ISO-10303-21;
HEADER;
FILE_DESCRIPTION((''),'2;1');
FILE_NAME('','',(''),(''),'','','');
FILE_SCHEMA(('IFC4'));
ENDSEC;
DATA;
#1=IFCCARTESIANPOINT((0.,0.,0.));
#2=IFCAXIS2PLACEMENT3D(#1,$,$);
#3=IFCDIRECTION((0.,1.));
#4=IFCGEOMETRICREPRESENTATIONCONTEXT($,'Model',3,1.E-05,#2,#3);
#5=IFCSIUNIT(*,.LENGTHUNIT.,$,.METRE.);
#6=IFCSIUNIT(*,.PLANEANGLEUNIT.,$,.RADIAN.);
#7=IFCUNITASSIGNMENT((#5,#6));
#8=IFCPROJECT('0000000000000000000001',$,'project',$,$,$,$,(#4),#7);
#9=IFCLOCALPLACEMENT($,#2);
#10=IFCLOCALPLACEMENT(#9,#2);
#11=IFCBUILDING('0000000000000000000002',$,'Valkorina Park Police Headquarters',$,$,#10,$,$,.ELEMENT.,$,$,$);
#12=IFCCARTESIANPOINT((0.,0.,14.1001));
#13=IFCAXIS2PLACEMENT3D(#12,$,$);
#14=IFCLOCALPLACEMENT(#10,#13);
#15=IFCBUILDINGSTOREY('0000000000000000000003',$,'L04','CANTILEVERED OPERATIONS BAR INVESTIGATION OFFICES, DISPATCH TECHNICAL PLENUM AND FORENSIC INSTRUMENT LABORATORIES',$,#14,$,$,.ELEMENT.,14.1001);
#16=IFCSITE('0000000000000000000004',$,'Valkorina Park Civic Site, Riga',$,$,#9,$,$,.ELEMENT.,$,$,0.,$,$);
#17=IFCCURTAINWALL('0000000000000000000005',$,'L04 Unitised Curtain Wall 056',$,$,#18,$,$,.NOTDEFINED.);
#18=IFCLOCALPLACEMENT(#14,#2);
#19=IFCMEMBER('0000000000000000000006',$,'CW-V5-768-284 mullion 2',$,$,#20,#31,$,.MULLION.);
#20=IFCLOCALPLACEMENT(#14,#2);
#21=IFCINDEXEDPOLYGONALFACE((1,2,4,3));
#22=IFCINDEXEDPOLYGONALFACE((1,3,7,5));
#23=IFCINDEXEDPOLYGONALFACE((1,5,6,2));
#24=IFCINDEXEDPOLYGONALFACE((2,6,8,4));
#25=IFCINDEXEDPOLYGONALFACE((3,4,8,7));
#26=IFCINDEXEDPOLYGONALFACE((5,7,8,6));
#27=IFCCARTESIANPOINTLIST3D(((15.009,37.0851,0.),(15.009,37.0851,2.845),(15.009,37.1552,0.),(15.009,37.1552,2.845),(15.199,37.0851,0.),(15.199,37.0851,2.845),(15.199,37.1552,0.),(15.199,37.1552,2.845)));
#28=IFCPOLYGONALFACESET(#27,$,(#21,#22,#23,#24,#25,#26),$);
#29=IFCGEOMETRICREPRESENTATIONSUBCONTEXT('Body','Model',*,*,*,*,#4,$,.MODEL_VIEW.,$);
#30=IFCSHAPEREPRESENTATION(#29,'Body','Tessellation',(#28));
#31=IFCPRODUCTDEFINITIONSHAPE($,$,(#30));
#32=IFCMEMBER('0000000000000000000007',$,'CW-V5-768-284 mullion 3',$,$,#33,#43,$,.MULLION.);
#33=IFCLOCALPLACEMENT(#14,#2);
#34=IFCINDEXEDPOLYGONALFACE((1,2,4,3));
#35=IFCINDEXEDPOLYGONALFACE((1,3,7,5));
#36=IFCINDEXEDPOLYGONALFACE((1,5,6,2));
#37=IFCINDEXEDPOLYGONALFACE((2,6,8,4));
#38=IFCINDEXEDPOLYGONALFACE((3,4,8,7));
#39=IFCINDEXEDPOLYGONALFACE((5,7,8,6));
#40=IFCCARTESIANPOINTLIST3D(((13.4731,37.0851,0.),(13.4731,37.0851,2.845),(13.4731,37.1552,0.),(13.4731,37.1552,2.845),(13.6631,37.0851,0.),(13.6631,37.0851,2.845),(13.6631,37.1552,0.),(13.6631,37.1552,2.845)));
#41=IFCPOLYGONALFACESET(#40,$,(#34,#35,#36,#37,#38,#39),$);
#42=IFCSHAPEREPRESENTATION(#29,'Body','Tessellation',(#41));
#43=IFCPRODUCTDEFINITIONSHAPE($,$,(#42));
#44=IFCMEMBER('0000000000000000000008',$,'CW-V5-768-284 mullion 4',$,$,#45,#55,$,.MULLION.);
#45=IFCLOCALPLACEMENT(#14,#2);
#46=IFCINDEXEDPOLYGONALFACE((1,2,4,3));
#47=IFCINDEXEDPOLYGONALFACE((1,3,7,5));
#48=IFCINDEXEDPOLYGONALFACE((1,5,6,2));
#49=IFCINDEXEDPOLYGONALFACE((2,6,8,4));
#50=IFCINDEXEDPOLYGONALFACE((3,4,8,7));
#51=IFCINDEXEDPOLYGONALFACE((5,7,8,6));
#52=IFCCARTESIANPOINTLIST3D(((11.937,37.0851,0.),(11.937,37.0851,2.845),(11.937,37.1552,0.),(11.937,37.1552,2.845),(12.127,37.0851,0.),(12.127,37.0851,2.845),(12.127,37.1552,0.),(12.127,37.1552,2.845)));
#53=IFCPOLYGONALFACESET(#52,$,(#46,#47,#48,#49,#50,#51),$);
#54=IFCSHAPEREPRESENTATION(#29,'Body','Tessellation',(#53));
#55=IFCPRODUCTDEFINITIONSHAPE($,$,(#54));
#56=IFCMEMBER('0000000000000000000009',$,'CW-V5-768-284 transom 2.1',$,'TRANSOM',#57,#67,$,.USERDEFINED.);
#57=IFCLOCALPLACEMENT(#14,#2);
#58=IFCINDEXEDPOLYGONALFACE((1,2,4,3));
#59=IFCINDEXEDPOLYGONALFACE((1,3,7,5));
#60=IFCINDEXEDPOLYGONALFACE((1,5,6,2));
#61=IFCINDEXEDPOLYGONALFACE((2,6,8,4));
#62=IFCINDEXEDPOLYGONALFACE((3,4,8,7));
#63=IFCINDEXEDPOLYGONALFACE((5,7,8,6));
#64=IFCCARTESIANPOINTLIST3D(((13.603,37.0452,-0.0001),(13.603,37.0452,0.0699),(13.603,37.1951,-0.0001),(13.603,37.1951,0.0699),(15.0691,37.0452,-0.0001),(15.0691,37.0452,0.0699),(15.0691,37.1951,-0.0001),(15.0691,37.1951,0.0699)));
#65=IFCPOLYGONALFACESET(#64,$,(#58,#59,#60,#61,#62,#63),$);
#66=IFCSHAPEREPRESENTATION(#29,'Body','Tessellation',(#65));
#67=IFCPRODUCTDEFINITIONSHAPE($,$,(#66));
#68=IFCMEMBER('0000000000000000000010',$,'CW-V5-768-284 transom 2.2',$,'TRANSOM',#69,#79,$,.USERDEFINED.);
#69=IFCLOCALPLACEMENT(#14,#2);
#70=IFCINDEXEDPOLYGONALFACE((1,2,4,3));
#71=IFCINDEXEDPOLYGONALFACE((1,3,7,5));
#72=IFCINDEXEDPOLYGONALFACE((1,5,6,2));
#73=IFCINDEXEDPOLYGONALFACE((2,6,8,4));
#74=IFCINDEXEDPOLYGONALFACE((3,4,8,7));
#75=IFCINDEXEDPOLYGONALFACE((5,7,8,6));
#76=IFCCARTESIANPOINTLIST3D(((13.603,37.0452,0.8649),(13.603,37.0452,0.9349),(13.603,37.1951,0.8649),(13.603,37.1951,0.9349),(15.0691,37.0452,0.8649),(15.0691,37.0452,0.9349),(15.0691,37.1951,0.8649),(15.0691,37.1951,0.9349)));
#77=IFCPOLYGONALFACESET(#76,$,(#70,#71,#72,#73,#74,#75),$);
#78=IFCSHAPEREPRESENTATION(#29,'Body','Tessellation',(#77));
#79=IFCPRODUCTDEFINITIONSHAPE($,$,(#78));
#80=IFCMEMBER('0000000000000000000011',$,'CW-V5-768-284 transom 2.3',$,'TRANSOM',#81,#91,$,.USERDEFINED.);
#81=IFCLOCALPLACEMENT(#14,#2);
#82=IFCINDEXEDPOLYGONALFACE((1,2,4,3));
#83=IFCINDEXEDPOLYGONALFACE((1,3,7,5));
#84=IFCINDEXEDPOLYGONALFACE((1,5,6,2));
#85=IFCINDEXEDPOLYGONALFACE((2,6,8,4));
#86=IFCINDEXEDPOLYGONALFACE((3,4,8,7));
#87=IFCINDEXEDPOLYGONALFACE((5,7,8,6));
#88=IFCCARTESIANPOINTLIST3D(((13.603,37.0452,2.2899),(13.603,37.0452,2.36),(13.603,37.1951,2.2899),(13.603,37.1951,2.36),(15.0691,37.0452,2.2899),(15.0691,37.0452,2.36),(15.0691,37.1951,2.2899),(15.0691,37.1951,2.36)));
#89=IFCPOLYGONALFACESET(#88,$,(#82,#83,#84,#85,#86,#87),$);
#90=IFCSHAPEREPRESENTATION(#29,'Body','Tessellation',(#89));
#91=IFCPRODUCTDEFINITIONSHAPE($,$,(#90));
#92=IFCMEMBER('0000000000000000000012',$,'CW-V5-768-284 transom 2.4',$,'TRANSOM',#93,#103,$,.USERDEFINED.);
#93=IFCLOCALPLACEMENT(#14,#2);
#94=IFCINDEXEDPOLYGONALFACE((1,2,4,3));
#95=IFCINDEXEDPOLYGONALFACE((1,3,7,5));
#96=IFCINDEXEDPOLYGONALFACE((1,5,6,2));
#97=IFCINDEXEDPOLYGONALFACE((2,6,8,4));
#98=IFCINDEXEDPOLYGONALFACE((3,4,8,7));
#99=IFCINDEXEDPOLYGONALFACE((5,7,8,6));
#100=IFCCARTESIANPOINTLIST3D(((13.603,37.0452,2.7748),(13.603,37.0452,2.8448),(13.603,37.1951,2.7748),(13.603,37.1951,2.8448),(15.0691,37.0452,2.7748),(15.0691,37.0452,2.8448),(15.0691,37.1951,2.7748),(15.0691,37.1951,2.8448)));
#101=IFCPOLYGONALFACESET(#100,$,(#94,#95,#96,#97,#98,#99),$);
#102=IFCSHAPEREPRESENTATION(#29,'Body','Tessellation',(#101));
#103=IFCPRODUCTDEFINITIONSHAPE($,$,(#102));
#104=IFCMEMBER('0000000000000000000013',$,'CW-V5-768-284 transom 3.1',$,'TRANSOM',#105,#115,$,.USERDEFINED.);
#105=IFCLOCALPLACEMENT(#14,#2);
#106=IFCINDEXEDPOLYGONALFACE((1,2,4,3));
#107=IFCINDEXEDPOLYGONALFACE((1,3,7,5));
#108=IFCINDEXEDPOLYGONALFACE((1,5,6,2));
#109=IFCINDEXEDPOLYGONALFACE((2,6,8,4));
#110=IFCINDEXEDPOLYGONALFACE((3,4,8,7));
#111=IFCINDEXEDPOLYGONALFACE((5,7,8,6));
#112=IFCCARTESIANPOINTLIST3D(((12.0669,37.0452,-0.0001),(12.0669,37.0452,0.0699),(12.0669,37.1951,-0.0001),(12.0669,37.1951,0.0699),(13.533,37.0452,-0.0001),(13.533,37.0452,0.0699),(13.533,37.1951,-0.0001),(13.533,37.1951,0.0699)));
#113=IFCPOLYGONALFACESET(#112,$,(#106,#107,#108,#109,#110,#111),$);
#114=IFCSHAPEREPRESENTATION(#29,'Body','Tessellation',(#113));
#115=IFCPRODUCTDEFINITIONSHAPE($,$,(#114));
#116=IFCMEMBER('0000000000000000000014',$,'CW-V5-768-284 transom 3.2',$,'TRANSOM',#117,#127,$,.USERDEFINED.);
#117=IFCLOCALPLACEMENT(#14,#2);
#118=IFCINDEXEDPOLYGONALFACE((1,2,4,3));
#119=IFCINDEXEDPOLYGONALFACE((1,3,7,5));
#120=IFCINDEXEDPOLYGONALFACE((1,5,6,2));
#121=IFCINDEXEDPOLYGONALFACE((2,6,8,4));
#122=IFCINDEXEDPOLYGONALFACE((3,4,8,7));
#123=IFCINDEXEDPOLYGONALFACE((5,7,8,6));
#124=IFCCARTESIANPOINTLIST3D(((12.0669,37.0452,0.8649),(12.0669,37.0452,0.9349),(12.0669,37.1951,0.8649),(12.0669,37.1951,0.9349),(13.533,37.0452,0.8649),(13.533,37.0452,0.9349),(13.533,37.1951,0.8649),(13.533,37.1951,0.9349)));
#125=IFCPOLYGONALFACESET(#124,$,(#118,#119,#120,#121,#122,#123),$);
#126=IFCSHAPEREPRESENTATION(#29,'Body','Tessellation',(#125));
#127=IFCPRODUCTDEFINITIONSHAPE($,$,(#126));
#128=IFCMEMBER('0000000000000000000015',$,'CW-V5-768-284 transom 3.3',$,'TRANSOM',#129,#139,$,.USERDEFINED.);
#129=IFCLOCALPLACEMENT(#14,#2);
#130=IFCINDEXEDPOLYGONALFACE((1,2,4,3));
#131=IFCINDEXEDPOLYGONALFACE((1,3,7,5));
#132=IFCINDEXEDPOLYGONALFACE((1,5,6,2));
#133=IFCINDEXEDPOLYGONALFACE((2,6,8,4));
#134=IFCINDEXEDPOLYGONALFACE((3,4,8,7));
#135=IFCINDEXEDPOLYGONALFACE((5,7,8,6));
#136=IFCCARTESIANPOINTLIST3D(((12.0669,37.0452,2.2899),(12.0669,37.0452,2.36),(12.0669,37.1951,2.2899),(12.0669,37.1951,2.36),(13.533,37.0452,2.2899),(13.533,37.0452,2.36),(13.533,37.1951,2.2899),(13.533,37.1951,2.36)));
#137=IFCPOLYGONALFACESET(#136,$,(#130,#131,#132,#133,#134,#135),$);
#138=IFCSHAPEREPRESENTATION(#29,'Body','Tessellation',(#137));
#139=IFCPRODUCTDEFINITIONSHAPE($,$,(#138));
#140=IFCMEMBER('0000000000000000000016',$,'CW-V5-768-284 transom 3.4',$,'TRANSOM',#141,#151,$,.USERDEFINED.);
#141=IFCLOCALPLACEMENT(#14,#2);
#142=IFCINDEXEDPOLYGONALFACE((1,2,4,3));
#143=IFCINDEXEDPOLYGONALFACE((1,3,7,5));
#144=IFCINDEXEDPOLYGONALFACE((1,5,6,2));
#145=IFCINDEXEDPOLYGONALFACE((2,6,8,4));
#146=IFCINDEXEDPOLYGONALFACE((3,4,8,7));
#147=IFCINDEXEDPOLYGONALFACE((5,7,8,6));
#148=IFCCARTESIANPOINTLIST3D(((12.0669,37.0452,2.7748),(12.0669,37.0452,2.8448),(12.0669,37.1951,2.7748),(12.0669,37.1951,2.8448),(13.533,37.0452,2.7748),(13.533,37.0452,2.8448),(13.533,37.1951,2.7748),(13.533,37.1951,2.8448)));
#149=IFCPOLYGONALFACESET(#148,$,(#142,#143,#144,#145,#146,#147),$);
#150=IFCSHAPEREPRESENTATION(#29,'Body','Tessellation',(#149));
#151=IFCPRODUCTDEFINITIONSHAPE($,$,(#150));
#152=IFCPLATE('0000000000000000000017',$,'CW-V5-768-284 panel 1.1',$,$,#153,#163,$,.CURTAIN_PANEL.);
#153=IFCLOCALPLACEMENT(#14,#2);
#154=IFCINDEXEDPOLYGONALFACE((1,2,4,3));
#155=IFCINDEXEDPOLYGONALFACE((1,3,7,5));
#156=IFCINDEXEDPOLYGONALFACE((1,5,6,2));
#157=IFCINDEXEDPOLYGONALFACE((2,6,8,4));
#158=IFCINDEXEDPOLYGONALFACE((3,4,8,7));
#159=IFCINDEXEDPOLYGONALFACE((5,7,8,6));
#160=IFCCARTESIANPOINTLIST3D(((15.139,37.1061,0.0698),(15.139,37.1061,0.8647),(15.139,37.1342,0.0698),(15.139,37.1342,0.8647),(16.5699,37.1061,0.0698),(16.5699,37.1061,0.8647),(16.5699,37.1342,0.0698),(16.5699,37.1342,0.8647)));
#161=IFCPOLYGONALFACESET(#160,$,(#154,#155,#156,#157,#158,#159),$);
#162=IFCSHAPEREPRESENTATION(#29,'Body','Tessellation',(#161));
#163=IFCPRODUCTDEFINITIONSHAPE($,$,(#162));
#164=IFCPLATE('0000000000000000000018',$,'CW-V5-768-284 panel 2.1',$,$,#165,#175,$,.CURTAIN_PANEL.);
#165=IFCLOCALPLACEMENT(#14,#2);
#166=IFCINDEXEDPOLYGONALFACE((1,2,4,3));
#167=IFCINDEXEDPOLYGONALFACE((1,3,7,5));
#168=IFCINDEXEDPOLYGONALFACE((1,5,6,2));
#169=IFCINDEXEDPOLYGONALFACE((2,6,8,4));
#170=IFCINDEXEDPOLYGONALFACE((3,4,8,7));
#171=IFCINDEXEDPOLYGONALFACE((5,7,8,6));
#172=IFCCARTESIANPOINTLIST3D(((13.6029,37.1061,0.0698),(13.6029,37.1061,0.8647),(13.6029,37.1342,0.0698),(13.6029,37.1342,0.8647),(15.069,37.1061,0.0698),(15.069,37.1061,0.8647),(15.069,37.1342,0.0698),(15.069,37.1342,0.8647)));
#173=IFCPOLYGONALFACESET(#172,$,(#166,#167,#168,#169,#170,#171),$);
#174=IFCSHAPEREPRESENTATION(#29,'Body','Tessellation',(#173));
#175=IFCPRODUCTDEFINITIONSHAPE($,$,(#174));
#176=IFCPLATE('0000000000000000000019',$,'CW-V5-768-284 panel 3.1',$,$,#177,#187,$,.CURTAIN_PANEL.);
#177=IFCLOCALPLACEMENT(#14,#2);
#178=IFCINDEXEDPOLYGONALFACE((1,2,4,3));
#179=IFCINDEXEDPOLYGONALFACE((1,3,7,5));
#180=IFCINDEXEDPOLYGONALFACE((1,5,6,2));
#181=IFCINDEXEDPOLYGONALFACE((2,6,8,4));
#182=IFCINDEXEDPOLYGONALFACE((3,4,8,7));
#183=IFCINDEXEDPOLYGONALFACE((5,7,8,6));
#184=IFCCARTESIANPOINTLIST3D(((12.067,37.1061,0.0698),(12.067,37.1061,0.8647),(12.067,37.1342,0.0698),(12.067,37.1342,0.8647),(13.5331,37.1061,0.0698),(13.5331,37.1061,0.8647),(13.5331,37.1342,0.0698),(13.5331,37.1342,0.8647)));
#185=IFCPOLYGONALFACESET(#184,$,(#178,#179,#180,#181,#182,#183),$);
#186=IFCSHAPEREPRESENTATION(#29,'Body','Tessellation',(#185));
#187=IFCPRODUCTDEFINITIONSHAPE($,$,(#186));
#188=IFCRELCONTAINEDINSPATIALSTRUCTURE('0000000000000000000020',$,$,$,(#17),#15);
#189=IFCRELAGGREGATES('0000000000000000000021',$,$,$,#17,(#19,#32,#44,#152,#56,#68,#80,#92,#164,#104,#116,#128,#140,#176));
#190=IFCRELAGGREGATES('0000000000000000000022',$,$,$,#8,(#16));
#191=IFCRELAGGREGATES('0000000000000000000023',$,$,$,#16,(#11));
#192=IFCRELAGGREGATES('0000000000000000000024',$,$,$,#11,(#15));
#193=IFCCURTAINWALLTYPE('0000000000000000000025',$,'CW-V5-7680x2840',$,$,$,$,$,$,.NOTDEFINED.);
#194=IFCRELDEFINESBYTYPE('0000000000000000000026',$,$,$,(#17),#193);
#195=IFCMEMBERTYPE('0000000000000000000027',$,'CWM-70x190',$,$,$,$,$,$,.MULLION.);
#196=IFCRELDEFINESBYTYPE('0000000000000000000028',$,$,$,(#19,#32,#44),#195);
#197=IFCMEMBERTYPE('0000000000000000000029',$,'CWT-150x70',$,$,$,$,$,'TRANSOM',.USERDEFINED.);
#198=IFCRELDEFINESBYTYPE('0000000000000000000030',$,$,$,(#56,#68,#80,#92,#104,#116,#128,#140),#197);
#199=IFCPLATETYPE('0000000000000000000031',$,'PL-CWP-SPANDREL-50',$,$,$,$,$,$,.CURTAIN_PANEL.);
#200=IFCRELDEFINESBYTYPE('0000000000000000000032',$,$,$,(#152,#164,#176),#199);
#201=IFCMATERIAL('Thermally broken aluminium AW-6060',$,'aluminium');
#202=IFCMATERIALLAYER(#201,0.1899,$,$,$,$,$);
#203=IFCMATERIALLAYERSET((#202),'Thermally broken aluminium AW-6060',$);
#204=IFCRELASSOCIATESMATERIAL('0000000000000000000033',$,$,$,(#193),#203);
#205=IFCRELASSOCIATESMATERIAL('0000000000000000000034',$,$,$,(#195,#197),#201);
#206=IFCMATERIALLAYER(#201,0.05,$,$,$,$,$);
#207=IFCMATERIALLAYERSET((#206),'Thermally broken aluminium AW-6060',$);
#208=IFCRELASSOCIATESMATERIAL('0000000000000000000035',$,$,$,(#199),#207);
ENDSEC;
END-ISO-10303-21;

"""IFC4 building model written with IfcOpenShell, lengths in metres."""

from ifc_helpers import new_model, si_unit, direction, frame, origin, origin_2d, place, context, subcontext, project, spatial, rectangle, extrude, material, layer, layer_set, material_profile, profile_set, type_object, element, aggregate, save


model = new_model("IFC4")

# Units and contexts
model_context = context("Model", 3, precision=1e-05, world=origin(), true_north=direction((0.0, 1.0)))
body_context = subcontext(model_context, "Body", "Model", "MODEL_VIEW")
ifc_project = project(units=[si_unit("LENGTHUNIT", "METRE"), si_unit("PLANEANGLEUNIT", "RADIAN")], contexts=[model_context])

# Site, building, storey
site_placement = place(None, origin())
site = spatial("IfcSite", under=ifc_project, at=site_placement, Name="Valkorina Park Civic Site, Riga", CompositionType="ELEMENT", RefElevation=0.0)
building_placement = place(site_placement, origin())
building = spatial("IfcBuilding", under=site, at=building_placement, Name="Valkorina Park Police Headquarters", CompositionType="ELEMENT")
storey_placement = place(building_placement, frame((0.0, 0.0, 14.1001)))
storey = spatial("IfcBuildingStorey", under=building, at=storey_placement, Name="L04", Description="CANTILEVERED OPERATIONS BAR INVESTIGATION OFFICES, DISPATCH TECHNICAL PLENUM AND FORENSIC INSTRUMENT LABORATORIES", CompositionType="ELEMENT", Elevation=14.1001)

# Curtain wall, members, plates
ifc_material_1 = material(Name="Thermally broken aluminium AW-6060", Category="aluminium")
ifc_layer_1 = layer(ifc_material_1, 0.1899)
ifc_layer_set_1 = layer_set([ifc_layer_1], Name="Thermally broken aluminium AW-6060")
curtain_wall_type = type_object("IfcCurtainWallType", Name="CW-V5-7680x2840", PredefinedType="NOTDEFINED", material=ifc_layer_set_1)
curtain_wall_placement = place(storey_placement, origin())
curtain_wall = element("IfcCurtainWall", 1, at=curtain_wall_placement, inside=storey, type_object=curtain_wall_type, Name="L04 Unitised Curtain Wall 056", PredefinedType="NOTDEFINED")
ifc_material_profile_1 = material_profile(ifc_material_1, rectangle(XDim=0.0701, YDim=0.1899, at=origin_2d()), Name="CWM-02 70x190")
ifc_profile_set_1 = profile_set([ifc_material_profile_1], Name="Thermally broken aluminium AW-6060")
member_type_1 = type_object("IfcMemberType", Name="CWM-70x190", PredefinedType="MULLION", material=ifc_profile_set_1)
member_1_placement = place(storey_placement, frame((15.104, 37.1201, 0.0), z_axis=(0.0, 0.0, 1.0), x_axis=(0.0, -1.0, 0.0)))
member_1 = element("IfcMember", 2, at=member_1_placement, type_object=member_type_1, Name="CW-V5-768-284 mullion 2", PredefinedType="MULLION", context=body_context, shape_type="SweptSolid", body=[
    extrude(rectangle(XDim=0.0701, YDim=0.1899, at=origin_2d()), origin(), (0.0, 0.0, 1.0), 2.845),
])
member_2_placement = place(storey_placement, frame((13.5681, 37.1201, 0.0), z_axis=(0.0, 0.0, 1.0), x_axis=(0.0, -1.0, 0.0)))
member_2 = element("IfcMember", 3, at=member_2_placement, type_object=member_type_1, Name="CW-V5-768-284 mullion 3", PredefinedType="MULLION", context=body_context, shape_type="SweptSolid", body=[
    extrude(rectangle(XDim=0.0701, YDim=0.1899, at=origin_2d()), origin(), (0.0, 0.0, 1.0), 2.845),
])
member_3_placement = place(storey_placement, frame((12.032, 37.1201, 0.0), z_axis=(0.0, 0.0, 1.0), x_axis=(0.0, -1.0, 0.0)))
member_3 = element("IfcMember", 4, at=member_3_placement, type_object=member_type_1, Name="CW-V5-768-284 mullion 4", PredefinedType="MULLION", context=body_context, shape_type="SweptSolid", body=[
    extrude(rectangle(XDim=0.0701, YDim=0.1899, at=origin_2d()), origin(), (0.0, 0.0, 1.0), 2.845),
])
ifc_material_profile_2 = material_profile(ifc_material_1, rectangle(XDim=0.1499, YDim=0.0701, at=origin_2d()), Name="CWT-02 150x70")
ifc_profile_set_2 = profile_set([ifc_material_profile_2], Name="Thermally broken aluminium AW-6060")
member_type_2 = type_object("IfcMemberType", Name="CWT-150x70", ElementType="TRANSOM", PredefinedType="USERDEFINED", material=ifc_profile_set_2)
member_4_placement = place(storey_placement, frame((15.0691, 37.1201, 0.0349), z_axis=(-1.0, 0.0, 0.0), x_axis=(0.0, -1.0, 0.0)))
member_4 = element("IfcMember", 5, at=member_4_placement, type_object=member_type_2, Name="CW-V5-768-284 transom 2.1", ObjectType="TRANSOM", PredefinedType="USERDEFINED", context=body_context, shape_type="SweptSolid", body=[
    extrude(rectangle(XDim=0.1499, YDim=0.0701, at=origin_2d()), origin(), (0.0, 0.0, 1.0), 1.4661),
])
member_5_placement = place(storey_placement, frame((15.0691, 37.1201, 0.8999), z_axis=(-1.0, 0.0, 0.0), x_axis=(0.0, -1.0, 0.0)))
member_5 = element("IfcMember", 6, at=member_5_placement, type_object=member_type_2, Name="CW-V5-768-284 transom 2.2", ObjectType="TRANSOM", PredefinedType="USERDEFINED", context=body_context, shape_type="SweptSolid", body=[
    extrude(rectangle(XDim=0.1499, YDim=0.0701, at=origin_2d()), origin(), (0.0, 0.0, 1.0), 1.4661),
])
member_6_placement = place(storey_placement, frame((15.0691, 37.1201, 2.325), z_axis=(-1.0, 0.0, 0.0), x_axis=(0.0, -1.0, 0.0)))
member_6 = element("IfcMember", 7, at=member_6_placement, type_object=member_type_2, Name="CW-V5-768-284 transom 2.3", ObjectType="TRANSOM", PredefinedType="USERDEFINED", context=body_context, shape_type="SweptSolid", body=[
    extrude(rectangle(XDim=0.1499, YDim=0.0701, at=origin_2d()), origin(), (0.0, 0.0, 1.0), 1.4661),
])
member_7_placement = place(storey_placement, frame((15.0691, 37.1201, 2.8098), z_axis=(-1.0, 0.0, 0.0), x_axis=(0.0, -1.0, 0.0)))
member_7 = element("IfcMember", 8, at=member_7_placement, type_object=member_type_2, Name="CW-V5-768-284 transom 2.4", ObjectType="TRANSOM", PredefinedType="USERDEFINED", context=body_context, shape_type="SweptSolid", body=[
    extrude(rectangle(XDim=0.1499, YDim=0.0701, at=origin_2d()), origin(), (0.0, 0.0, 1.0), 1.4661),
])
member_8_placement = place(storey_placement, frame((13.533, 37.1201, 0.0349), z_axis=(-1.0, 0.0, 0.0), x_axis=(0.0, -1.0, 0.0)))
member_8 = element("IfcMember", 9, at=member_8_placement, type_object=member_type_2, Name="CW-V5-768-284 transom 3.1", ObjectType="TRANSOM", PredefinedType="USERDEFINED", context=body_context, shape_type="SweptSolid", body=[
    extrude(rectangle(XDim=0.1499, YDim=0.0701, at=origin_2d()), origin(), (0.0, 0.0, 1.0), 1.4661),
])
member_9_placement = place(storey_placement, frame((13.533, 37.1201, 0.8999), z_axis=(-1.0, 0.0, 0.0), x_axis=(0.0, -1.0, 0.0)))
member_9 = element("IfcMember", 10, at=member_9_placement, type_object=member_type_2, Name="CW-V5-768-284 transom 3.2", ObjectType="TRANSOM", PredefinedType="USERDEFINED", context=body_context, shape_type="SweptSolid", body=[
    extrude(rectangle(XDim=0.1499, YDim=0.0701, at=origin_2d()), origin(), (0.0, 0.0, 1.0), 1.4661),
])
member_10_placement = place(storey_placement, frame((13.533, 37.1201, 2.325), z_axis=(-1.0, 0.0, 0.0), x_axis=(0.0, -1.0, 0.0)))
member_10 = element("IfcMember", 11, at=member_10_placement, type_object=member_type_2, Name="CW-V5-768-284 transom 3.3", ObjectType="TRANSOM", PredefinedType="USERDEFINED", context=body_context, shape_type="SweptSolid", body=[
    extrude(rectangle(XDim=0.1499, YDim=0.0701, at=origin_2d()), origin(), (0.0, 0.0, 1.0), 1.4661),
])
member_11_placement = place(storey_placement, frame((13.533, 37.1201, 2.8098), z_axis=(-1.0, 0.0, 0.0), x_axis=(0.0, -1.0, 0.0)))
member_11 = element("IfcMember", 12, at=member_11_placement, type_object=member_type_2, Name="CW-V5-768-284 transom 3.4", ObjectType="TRANSOM", PredefinedType="USERDEFINED", context=body_context, shape_type="SweptSolid", body=[
    extrude(rectangle(XDim=0.1499, YDim=0.0701, at=origin_2d()), origin(), (0.0, 0.0, 1.0), 1.4661),
])
ifc_layer_2 = layer(ifc_material_1, 0.05)
ifc_layer_set_2 = layer_set([ifc_layer_2], Name="Thermally broken aluminium AW-6060")
plate_type_1 = type_object("IfcPlateType", Name="PL-CWP-SPANDREL-50", PredefinedType="CURTAIN_PANEL", material=ifc_layer_set_2)
plate_1_placement = place(storey_placement, frame((15.8545, 37.1201, 0.0698), z_axis=(0.0, 0.0, 1.0), x_axis=(-1.0, 0.0, 0.0)))
plate_1 = element("IfcPlate", 13, at=plate_1_placement, type_object=plate_type_1, Name="CW-V5-768-284 panel 1.1", PredefinedType="CURTAIN_PANEL", context=body_context, shape_type="SweptSolid", body=[
    extrude(rectangle(XDim=1.4309, YDim=0.0281, at=origin_2d()), origin(), (0.0, 0.0, 1.0), 0.7949),
])
plate_2_placement = place(storey_placement, frame((14.3359, 37.1201, 0.0698), z_axis=(0.0, 0.0, 1.0), x_axis=(-1.0, 0.0, 0.0)))
plate_2 = element("IfcPlate", 14, at=plate_2_placement, type_object=plate_type_1, Name="CW-V5-768-284 panel 2.1", PredefinedType="CURTAIN_PANEL", context=body_context, shape_type="SweptSolid", body=[
    extrude(rectangle(XDim=1.4661, YDim=0.0281, at=origin_2d()), origin(), (0.0, 0.0, 1.0), 0.7949),
])
plate_3_placement = place(storey_placement, frame((12.8, 37.1201, 0.0698), z_axis=(0.0, 0.0, 1.0), x_axis=(-1.0, 0.0, 0.0)))
plate_3 = element("IfcPlate", 15, at=plate_3_placement, type_object=plate_type_1, Name="CW-V5-768-284 panel 3.1", PredefinedType="CURTAIN_PANEL", context=body_context, shape_type="SweptSolid", body=[
    extrude(rectangle(XDim=1.4661, YDim=0.0281, at=origin_2d()), origin(), (0.0, 0.0, 1.0), 0.7949),
])
aggregate(curtain_wall, [member_1, member_2, member_3, plate_1, member_4, member_5, member_6, member_7, plate_2, member_8, member_9, member_10, member_11, plate_3])

save(model, "model.ifc")
